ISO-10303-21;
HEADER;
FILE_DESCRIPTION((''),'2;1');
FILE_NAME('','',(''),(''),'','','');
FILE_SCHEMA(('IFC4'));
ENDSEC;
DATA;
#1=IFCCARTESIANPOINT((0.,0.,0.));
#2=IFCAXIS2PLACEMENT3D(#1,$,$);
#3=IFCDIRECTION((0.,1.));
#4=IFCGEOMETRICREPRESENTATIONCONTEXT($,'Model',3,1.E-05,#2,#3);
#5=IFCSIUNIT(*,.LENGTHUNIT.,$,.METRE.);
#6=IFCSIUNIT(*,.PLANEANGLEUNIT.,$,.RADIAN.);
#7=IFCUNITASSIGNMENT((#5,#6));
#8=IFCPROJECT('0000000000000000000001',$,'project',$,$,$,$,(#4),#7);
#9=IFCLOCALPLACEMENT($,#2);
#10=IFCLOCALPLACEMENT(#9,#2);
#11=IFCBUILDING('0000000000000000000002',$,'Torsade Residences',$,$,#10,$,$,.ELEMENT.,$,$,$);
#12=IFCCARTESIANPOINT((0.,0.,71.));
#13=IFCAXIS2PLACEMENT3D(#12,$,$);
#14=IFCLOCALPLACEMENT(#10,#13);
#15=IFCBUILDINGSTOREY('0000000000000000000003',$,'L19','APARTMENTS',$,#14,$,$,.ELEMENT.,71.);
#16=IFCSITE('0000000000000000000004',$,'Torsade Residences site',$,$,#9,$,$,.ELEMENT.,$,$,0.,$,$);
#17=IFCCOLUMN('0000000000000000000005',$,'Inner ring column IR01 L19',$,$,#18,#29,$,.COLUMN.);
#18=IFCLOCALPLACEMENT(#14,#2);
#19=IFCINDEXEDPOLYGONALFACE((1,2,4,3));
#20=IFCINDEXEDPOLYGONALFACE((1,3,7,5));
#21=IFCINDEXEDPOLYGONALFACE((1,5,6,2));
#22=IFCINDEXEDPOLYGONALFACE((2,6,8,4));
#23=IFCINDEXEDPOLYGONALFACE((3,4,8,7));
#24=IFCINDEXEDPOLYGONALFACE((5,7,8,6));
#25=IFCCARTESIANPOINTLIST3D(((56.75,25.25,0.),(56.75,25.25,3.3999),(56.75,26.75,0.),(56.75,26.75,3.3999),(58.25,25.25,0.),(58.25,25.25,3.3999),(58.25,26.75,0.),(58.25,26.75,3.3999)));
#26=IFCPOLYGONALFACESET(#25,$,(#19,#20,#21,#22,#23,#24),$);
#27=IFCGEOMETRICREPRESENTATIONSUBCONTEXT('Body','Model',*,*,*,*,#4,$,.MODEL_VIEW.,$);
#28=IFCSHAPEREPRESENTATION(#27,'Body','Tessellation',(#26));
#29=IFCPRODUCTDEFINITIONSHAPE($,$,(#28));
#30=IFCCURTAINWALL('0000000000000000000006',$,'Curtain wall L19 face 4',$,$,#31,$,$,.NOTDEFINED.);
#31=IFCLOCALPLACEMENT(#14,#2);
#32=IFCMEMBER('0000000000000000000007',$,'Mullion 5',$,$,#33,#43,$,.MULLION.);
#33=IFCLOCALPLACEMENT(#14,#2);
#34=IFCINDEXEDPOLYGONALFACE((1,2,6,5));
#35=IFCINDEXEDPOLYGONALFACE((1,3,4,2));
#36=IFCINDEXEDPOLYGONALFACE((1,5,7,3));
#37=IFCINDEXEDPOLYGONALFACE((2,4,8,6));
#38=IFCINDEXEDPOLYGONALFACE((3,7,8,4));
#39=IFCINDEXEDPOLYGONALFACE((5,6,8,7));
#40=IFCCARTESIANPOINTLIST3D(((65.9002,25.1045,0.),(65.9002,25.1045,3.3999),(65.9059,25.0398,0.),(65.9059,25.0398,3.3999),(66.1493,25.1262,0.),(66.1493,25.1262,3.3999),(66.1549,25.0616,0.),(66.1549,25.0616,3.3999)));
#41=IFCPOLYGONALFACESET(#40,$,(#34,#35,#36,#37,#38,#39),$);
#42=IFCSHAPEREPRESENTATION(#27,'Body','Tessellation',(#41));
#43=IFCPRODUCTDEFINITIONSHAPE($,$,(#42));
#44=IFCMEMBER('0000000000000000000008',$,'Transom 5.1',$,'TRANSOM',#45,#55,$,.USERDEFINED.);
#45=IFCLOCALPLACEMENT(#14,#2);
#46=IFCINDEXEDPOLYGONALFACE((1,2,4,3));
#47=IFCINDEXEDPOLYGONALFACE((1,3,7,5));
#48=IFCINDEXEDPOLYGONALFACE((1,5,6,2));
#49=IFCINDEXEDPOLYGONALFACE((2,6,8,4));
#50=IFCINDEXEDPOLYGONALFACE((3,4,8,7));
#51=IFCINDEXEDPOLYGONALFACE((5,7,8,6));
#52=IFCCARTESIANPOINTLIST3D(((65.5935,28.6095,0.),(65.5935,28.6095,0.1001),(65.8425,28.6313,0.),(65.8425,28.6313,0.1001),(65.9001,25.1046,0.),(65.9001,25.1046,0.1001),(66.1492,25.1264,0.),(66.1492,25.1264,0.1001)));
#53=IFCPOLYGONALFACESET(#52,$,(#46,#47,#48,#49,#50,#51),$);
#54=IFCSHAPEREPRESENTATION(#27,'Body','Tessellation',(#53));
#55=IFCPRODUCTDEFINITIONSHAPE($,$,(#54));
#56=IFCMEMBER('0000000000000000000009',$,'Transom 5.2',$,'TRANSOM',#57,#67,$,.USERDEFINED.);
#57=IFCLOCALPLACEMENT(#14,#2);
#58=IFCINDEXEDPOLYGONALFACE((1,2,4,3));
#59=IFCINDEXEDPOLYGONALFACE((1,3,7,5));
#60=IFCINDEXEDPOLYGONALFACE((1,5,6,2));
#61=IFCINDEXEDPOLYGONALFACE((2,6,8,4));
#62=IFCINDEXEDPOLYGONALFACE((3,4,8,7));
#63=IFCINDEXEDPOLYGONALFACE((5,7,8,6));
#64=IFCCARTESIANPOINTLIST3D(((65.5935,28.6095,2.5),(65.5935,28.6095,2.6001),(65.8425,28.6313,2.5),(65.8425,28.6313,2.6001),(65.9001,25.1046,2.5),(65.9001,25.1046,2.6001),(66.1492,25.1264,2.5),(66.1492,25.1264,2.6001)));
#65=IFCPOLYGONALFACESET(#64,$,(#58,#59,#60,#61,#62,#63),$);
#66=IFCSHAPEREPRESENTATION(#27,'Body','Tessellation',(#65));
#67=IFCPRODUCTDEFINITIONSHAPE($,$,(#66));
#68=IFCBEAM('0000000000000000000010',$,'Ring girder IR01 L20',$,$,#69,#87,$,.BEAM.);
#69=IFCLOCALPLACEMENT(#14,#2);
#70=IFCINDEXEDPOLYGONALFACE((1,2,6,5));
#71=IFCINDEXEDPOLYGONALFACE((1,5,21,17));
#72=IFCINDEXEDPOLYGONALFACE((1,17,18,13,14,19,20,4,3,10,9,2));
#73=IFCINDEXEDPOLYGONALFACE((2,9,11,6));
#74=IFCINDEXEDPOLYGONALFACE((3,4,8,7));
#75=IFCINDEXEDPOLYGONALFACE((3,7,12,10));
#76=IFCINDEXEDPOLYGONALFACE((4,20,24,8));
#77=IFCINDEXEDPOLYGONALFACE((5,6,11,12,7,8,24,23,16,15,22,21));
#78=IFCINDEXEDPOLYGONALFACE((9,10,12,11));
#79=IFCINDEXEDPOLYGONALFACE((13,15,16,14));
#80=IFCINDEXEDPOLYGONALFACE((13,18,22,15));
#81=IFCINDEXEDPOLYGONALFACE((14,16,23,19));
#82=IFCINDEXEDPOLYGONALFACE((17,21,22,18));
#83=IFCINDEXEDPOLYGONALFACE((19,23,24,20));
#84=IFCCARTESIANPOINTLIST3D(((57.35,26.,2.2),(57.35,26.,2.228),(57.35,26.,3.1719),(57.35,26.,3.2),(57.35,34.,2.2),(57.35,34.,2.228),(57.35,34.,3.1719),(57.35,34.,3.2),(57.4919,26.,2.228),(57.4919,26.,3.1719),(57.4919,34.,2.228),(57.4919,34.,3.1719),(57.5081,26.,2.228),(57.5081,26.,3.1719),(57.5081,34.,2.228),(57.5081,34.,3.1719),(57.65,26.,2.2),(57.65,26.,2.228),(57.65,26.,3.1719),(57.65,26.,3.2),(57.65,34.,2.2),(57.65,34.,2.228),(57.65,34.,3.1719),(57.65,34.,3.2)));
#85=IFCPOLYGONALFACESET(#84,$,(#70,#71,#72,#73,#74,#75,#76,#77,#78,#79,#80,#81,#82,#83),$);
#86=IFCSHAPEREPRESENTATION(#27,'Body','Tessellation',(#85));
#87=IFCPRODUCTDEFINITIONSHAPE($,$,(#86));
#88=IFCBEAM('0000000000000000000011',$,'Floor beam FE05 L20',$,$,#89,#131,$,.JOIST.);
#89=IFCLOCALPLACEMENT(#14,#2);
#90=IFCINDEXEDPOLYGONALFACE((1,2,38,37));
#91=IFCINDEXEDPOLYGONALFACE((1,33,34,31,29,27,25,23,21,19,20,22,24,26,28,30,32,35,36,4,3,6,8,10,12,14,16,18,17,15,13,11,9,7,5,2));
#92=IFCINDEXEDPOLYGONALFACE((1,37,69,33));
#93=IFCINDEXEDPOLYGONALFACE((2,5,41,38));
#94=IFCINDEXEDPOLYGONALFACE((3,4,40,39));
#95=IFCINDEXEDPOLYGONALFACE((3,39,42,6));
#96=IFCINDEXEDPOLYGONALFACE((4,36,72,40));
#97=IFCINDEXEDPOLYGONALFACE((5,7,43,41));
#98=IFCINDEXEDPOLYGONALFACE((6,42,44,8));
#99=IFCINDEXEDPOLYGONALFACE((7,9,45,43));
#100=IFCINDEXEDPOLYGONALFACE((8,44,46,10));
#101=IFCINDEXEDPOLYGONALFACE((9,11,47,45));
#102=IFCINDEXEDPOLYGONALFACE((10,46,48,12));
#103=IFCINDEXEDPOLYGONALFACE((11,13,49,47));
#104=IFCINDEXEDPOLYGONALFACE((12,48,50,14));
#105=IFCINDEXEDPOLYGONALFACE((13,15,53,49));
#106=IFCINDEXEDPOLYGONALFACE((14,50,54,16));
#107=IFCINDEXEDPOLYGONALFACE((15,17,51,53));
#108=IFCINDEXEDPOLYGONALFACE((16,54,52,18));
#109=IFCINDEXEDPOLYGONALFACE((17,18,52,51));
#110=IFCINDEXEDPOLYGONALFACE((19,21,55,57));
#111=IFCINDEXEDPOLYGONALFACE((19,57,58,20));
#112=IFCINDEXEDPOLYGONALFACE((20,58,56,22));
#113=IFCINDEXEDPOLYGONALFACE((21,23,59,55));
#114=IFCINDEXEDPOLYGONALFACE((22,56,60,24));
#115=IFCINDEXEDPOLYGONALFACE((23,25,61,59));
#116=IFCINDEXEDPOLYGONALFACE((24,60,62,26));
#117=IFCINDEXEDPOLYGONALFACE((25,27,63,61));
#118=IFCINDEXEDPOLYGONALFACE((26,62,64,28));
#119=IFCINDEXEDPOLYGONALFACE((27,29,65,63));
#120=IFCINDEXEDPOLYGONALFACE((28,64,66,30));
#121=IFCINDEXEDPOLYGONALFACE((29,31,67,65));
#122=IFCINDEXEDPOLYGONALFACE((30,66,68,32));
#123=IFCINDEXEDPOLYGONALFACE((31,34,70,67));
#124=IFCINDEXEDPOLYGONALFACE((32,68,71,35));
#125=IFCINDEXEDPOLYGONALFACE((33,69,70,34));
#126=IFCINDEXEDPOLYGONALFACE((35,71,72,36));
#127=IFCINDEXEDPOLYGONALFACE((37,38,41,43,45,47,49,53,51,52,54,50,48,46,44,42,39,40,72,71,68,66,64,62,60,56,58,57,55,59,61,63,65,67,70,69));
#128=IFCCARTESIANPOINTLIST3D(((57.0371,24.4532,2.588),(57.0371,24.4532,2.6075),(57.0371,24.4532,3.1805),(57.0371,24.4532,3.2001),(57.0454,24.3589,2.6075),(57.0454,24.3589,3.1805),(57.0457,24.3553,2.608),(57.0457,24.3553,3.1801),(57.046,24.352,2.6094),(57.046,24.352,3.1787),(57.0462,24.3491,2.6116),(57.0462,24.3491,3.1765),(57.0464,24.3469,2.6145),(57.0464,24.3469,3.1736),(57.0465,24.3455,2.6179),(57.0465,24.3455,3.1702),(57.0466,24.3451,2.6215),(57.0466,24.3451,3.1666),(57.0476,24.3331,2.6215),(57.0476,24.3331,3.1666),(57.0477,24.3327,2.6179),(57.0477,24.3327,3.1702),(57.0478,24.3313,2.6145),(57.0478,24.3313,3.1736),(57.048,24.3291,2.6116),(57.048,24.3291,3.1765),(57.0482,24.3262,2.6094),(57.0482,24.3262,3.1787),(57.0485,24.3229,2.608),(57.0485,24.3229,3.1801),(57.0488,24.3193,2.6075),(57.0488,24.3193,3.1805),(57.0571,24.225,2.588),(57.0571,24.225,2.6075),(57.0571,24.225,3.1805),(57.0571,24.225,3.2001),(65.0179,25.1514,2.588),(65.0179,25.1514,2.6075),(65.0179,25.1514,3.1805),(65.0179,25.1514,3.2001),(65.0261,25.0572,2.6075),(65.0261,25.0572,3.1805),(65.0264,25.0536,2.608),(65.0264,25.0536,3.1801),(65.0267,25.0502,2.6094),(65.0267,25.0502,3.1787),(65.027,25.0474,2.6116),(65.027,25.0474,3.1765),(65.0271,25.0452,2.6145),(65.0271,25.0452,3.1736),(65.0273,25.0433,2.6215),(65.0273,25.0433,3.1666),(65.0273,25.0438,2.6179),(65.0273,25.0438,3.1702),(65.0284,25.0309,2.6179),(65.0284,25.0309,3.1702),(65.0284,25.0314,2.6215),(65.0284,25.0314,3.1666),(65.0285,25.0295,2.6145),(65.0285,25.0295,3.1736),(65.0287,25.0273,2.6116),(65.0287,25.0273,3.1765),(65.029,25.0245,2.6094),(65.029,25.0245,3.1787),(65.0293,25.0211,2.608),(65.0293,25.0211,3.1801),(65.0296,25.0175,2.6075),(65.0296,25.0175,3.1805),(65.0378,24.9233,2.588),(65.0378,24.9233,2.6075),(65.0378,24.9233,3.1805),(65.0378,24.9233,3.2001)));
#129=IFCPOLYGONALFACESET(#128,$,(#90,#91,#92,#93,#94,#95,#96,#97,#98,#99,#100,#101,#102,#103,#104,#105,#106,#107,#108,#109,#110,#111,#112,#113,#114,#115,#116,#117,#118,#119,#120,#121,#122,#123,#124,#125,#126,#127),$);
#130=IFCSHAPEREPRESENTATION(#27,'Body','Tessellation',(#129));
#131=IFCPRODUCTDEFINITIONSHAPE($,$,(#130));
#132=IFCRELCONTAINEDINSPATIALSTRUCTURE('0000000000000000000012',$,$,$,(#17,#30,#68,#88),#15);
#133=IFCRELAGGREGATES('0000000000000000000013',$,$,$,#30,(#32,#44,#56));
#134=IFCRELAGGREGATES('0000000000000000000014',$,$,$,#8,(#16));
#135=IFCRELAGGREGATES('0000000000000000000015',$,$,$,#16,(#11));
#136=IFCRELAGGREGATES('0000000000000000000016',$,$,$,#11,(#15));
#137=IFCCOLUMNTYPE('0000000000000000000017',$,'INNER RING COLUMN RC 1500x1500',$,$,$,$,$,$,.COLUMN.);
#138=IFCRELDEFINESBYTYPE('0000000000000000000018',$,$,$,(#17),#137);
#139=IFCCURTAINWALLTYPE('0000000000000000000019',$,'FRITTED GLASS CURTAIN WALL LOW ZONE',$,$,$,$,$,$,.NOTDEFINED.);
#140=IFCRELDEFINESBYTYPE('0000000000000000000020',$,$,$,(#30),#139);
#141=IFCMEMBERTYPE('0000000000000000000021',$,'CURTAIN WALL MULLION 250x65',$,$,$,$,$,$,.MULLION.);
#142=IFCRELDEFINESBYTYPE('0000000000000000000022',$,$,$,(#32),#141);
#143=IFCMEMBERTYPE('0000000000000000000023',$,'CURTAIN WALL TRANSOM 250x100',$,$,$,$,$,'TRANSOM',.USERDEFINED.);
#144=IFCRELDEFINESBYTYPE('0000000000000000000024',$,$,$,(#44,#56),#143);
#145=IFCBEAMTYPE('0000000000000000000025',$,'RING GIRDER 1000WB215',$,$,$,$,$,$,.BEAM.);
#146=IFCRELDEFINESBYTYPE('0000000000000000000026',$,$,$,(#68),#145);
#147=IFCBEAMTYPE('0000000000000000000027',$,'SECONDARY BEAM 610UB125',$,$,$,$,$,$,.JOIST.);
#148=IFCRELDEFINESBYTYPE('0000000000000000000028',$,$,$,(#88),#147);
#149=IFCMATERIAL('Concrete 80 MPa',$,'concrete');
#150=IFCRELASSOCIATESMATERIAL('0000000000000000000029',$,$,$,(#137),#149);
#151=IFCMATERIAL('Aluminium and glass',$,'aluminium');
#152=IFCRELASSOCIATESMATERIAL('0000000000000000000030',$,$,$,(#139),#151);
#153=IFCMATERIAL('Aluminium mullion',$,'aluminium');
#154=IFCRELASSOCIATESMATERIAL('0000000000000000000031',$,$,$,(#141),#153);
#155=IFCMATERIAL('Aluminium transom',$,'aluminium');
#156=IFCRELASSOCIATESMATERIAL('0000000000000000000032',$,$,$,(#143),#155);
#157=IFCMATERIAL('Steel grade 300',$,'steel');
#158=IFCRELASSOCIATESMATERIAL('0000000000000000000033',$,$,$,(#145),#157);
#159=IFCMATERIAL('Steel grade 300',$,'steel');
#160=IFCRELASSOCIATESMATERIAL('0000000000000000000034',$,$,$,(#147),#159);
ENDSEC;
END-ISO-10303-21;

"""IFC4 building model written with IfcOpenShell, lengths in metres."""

from ifc_helpers import new_model, si_unit, direction, frame, origin, origin_2d, place, context, subcontext, project, spatial, rectangle, i_section, extrude, material, material_profile, profile_set, type_object, element, aggregate, save


model = new_model("IFC4")

# Units and contexts
model_context = context("Model", 3, precision=1e-05, world=origin(), true_north=direction((0.0, 1.0)))
body_context = subcontext(model_context, "Body", "Model", "MODEL_VIEW")
ifc_project = project(units=[si_unit("LENGTHUNIT", "METRE"), si_unit("PLANEANGLEUNIT", "RADIAN")], contexts=[model_context])

# Site, building, storey
site_placement = place(None, origin())
site = spatial("IfcSite", under=ifc_project, at=site_placement, Name="Torsade Residences site", CompositionType="ELEMENT", RefElevation=0.0)
building_placement = place(site_placement, origin())
building = spatial("IfcBuilding", under=site, at=building_placement, Name="Torsade Residences", CompositionType="ELEMENT")
storey_placement = place(building_placement, frame((0.0, 0.0, 71.0)))
storey = spatial("IfcBuildingStorey", under=building, at=storey_placement, Name="L19", Description="APARTMENTS", CompositionType="ELEMENT", Elevation=71.0)

# Column
ifc_material_1 = material(Name="Concrete 80 MPa", Category="concrete")
ifc_material_profile_1 = material_profile(ifc_material_1, rectangle(XDim=1.5, YDim=1.5, at=origin_2d()), Name="RC 1500x1500")
ifc_profile_set_1 = profile_set([ifc_material_profile_1], Name="Concrete 80 MPa")
column_type = type_object("IfcColumnType", Name="INNER RING COLUMN RC 1500x1500", PredefinedType="COLUMN", material=ifc_profile_set_1)
column_placement = place(storey_placement, frame((57.5, 26.0, 0.0), z_axis=(0.0, 0.0, 1.0), x_axis=(1.0, 0.0, 0.0)))
element("IfcColumn", 1, at=column_placement, inside=storey, type_object=column_type, Name="Inner ring column IR01 L19", PredefinedType="COLUMN", context=body_context, shape_type="SweptSolid", body=[
    extrude(rectangle(XDim=1.5, YDim=1.5, at=origin_2d()), origin(), (0.0, 0.0, 1.0), 3.3999),
])

# Curtain wall, members
ifc_material_2 = material(Name="Aluminium and glass", Category="aluminium")
curtain_wall_type = type_object("IfcCurtainWallType", Name="FRITTED GLASS CURTAIN WALL LOW ZONE", PredefinedType="NOTDEFINED", material=ifc_material_2)
curtain_wall_placement = place(storey_placement, origin())
curtain_wall = element("IfcCurtainWall", 2, at=curtain_wall_placement, inside=storey, type_object=curtain_wall_type, Name="Curtain wall L19 face 4", PredefinedType="NOTDEFINED")
ifc_material_3 = material(Name="Aluminium mullion", Category="aluminium")
ifc_material_profile_2 = material_profile(ifc_material_3, rectangle(XDim=0.25, YDim=0.0649, at=origin_2d()), Name="CURTAIN WALL MULLION 250x65")
ifc_profile_set_2 = profile_set([ifc_material_profile_2], Name="Aluminium mullion")
member_type_1 = type_object("IfcMemberType", Name="CURTAIN WALL MULLION 250x65", PredefinedType="MULLION", material=ifc_profile_set_2)
member_1_placement = place(storey_placement, frame((66.0276, 25.083, 0.0), z_axis=(0.0, 0.0, 1.0), x_axis=(-0.996195, -0.087156, 0.0)))
member_1 = element("IfcMember", 3, at=member_1_placement, type_object=member_type_1, Name="Mullion 5", PredefinedType="MULLION", context=body_context, shape_type="SweptSolid", body=[
    extrude(rectangle(XDim=0.25, YDim=0.0649, at=origin_2d()), origin(), (0.0, 0.0, 1.0), 3.3999),
])
ifc_material_4 = material(Name="Aluminium transom", Category="aluminium")
ifc_material_profile_3 = material_profile(ifc_material_4, rectangle(XDim=0.25, YDim=0.1001, at=origin_2d()), Name="CURTAIN WALL TRANSOM 250x100")
ifc_profile_set_3 = profile_set([ifc_material_profile_3], Name="Aluminium transom")
member_type_2 = type_object("IfcMemberType", Name="CURTAIN WALL TRANSOM 250x100", ElementType="TRANSOM", PredefinedType="USERDEFINED", material=ifc_profile_set_3)
member_2_placement = place(storey_placement, frame((66.0247, 25.1155, 0.05), z_axis=(-0.087157, 0.996195, 0.0), x_axis=(-0.996195, -0.087157, 0.0)))
member_2 = element("IfcMember", 4, at=member_2_placement, type_object=member_type_2, Name="Transom 5.1", ObjectType="TRANSOM", PredefinedType="USERDEFINED", context=body_context, shape_type="SweptSolid", body=[
    extrude(rectangle(XDim=0.25, YDim=0.1001, at=origin_2d()), origin(), (0.0, 0.0, 1.0), 3.5183),
])
member_3_placement = place(storey_placement, frame((66.0247, 25.1155, 2.55), z_axis=(-0.087157, 0.996195, 0.0), x_axis=(-0.996195, -0.087157, 0.0)))
member_3 = element("IfcMember", 5, at=member_3_placement, type_object=member_type_2, Name="Transom 5.2", ObjectType="TRANSOM", PredefinedType="USERDEFINED", context=body_context, shape_type="SweptSolid", body=[
    extrude(rectangle(XDim=0.25, YDim=0.1001, at=origin_2d()), origin(), (0.0, 0.0, 1.0), 3.5183),
])

# Beams
ifc_material_5 = material(Name="Steel grade 300", Category="steel")
ifc_material_profile_4 = material_profile(ifc_material_5, i_section(OverallWidth=0.3, OverallDepth=1.0, WebThickness=0.0161, FlangeThickness=0.0281, at=origin_2d()), Name="1000WB215")
ifc_profile_set_4 = profile_set([ifc_material_profile_4], Name="Steel grade 300")
beam_type_1 = type_object("IfcBeamType", Name="RING GIRDER 1000WB215", PredefinedType="BEAM", material=ifc_profile_set_4)
beam_1_placement = place(storey_placement, frame((57.5, 26.0, 2.7), z_axis=(0.0, 1.0, 0.0), x_axis=(-1.0, 0.0, 0.0)))
element("IfcBeam", 6, at=beam_1_placement, inside=storey, type_object=beam_type_1, Name="Ring girder IR01 L20", PredefinedType="BEAM", context=body_context, shape_type="SweptSolid", body=[
    extrude(i_section(OverallWidth=0.3, OverallDepth=1.0, WebThickness=0.0161, FlangeThickness=0.0281, at=origin_2d()), origin(), (0.0, 0.0, 1.0), 8.0),
])
ifc_material_6 = material(Name="Steel grade 300", Category="steel")
ifc_material_profile_5 = material_profile(ifc_material_6, i_section(OverallWidth=0.229, OverallDepth=0.6121, WebThickness=0.012, FlangeThickness=0.0195, FilletRadius=0.0139, at=origin_2d()), Name="610UB125")
ifc_profile_set_5 = profile_set([ifc_material_profile_5], Name="Steel grade 300")
beam_type_2 = type_object("IfcBeamType", Name="SECONDARY BEAM 610UB125", PredefinedType="JOIST", material=ifc_profile_set_5)
beam_2_placement = place(storey_placement, frame((65.0278, 25.0374, 2.894), z_axis=(-0.996194, -0.087158, 0.0), x_axis=(0.087158, -0.996194, 0.0)))
element("IfcBeam", 7, at=beam_2_placement, inside=storey, type_object=beam_type_2, Name="Floor beam FE05 L20", PredefinedType="JOIST", context=body_context, shape_type="SweptSolid", body=[
    extrude(i_section(OverallWidth=0.229, OverallDepth=0.6121, WebThickness=0.012, FlangeThickness=0.0195, FilletRadius=0.0139, at=origin_2d()), origin(), (0.0, 0.0, 1.0), 8.0112),
])

aggregate(curtain_wall, [member_1, member_2, member_3])

save(model, "model.ifc")
